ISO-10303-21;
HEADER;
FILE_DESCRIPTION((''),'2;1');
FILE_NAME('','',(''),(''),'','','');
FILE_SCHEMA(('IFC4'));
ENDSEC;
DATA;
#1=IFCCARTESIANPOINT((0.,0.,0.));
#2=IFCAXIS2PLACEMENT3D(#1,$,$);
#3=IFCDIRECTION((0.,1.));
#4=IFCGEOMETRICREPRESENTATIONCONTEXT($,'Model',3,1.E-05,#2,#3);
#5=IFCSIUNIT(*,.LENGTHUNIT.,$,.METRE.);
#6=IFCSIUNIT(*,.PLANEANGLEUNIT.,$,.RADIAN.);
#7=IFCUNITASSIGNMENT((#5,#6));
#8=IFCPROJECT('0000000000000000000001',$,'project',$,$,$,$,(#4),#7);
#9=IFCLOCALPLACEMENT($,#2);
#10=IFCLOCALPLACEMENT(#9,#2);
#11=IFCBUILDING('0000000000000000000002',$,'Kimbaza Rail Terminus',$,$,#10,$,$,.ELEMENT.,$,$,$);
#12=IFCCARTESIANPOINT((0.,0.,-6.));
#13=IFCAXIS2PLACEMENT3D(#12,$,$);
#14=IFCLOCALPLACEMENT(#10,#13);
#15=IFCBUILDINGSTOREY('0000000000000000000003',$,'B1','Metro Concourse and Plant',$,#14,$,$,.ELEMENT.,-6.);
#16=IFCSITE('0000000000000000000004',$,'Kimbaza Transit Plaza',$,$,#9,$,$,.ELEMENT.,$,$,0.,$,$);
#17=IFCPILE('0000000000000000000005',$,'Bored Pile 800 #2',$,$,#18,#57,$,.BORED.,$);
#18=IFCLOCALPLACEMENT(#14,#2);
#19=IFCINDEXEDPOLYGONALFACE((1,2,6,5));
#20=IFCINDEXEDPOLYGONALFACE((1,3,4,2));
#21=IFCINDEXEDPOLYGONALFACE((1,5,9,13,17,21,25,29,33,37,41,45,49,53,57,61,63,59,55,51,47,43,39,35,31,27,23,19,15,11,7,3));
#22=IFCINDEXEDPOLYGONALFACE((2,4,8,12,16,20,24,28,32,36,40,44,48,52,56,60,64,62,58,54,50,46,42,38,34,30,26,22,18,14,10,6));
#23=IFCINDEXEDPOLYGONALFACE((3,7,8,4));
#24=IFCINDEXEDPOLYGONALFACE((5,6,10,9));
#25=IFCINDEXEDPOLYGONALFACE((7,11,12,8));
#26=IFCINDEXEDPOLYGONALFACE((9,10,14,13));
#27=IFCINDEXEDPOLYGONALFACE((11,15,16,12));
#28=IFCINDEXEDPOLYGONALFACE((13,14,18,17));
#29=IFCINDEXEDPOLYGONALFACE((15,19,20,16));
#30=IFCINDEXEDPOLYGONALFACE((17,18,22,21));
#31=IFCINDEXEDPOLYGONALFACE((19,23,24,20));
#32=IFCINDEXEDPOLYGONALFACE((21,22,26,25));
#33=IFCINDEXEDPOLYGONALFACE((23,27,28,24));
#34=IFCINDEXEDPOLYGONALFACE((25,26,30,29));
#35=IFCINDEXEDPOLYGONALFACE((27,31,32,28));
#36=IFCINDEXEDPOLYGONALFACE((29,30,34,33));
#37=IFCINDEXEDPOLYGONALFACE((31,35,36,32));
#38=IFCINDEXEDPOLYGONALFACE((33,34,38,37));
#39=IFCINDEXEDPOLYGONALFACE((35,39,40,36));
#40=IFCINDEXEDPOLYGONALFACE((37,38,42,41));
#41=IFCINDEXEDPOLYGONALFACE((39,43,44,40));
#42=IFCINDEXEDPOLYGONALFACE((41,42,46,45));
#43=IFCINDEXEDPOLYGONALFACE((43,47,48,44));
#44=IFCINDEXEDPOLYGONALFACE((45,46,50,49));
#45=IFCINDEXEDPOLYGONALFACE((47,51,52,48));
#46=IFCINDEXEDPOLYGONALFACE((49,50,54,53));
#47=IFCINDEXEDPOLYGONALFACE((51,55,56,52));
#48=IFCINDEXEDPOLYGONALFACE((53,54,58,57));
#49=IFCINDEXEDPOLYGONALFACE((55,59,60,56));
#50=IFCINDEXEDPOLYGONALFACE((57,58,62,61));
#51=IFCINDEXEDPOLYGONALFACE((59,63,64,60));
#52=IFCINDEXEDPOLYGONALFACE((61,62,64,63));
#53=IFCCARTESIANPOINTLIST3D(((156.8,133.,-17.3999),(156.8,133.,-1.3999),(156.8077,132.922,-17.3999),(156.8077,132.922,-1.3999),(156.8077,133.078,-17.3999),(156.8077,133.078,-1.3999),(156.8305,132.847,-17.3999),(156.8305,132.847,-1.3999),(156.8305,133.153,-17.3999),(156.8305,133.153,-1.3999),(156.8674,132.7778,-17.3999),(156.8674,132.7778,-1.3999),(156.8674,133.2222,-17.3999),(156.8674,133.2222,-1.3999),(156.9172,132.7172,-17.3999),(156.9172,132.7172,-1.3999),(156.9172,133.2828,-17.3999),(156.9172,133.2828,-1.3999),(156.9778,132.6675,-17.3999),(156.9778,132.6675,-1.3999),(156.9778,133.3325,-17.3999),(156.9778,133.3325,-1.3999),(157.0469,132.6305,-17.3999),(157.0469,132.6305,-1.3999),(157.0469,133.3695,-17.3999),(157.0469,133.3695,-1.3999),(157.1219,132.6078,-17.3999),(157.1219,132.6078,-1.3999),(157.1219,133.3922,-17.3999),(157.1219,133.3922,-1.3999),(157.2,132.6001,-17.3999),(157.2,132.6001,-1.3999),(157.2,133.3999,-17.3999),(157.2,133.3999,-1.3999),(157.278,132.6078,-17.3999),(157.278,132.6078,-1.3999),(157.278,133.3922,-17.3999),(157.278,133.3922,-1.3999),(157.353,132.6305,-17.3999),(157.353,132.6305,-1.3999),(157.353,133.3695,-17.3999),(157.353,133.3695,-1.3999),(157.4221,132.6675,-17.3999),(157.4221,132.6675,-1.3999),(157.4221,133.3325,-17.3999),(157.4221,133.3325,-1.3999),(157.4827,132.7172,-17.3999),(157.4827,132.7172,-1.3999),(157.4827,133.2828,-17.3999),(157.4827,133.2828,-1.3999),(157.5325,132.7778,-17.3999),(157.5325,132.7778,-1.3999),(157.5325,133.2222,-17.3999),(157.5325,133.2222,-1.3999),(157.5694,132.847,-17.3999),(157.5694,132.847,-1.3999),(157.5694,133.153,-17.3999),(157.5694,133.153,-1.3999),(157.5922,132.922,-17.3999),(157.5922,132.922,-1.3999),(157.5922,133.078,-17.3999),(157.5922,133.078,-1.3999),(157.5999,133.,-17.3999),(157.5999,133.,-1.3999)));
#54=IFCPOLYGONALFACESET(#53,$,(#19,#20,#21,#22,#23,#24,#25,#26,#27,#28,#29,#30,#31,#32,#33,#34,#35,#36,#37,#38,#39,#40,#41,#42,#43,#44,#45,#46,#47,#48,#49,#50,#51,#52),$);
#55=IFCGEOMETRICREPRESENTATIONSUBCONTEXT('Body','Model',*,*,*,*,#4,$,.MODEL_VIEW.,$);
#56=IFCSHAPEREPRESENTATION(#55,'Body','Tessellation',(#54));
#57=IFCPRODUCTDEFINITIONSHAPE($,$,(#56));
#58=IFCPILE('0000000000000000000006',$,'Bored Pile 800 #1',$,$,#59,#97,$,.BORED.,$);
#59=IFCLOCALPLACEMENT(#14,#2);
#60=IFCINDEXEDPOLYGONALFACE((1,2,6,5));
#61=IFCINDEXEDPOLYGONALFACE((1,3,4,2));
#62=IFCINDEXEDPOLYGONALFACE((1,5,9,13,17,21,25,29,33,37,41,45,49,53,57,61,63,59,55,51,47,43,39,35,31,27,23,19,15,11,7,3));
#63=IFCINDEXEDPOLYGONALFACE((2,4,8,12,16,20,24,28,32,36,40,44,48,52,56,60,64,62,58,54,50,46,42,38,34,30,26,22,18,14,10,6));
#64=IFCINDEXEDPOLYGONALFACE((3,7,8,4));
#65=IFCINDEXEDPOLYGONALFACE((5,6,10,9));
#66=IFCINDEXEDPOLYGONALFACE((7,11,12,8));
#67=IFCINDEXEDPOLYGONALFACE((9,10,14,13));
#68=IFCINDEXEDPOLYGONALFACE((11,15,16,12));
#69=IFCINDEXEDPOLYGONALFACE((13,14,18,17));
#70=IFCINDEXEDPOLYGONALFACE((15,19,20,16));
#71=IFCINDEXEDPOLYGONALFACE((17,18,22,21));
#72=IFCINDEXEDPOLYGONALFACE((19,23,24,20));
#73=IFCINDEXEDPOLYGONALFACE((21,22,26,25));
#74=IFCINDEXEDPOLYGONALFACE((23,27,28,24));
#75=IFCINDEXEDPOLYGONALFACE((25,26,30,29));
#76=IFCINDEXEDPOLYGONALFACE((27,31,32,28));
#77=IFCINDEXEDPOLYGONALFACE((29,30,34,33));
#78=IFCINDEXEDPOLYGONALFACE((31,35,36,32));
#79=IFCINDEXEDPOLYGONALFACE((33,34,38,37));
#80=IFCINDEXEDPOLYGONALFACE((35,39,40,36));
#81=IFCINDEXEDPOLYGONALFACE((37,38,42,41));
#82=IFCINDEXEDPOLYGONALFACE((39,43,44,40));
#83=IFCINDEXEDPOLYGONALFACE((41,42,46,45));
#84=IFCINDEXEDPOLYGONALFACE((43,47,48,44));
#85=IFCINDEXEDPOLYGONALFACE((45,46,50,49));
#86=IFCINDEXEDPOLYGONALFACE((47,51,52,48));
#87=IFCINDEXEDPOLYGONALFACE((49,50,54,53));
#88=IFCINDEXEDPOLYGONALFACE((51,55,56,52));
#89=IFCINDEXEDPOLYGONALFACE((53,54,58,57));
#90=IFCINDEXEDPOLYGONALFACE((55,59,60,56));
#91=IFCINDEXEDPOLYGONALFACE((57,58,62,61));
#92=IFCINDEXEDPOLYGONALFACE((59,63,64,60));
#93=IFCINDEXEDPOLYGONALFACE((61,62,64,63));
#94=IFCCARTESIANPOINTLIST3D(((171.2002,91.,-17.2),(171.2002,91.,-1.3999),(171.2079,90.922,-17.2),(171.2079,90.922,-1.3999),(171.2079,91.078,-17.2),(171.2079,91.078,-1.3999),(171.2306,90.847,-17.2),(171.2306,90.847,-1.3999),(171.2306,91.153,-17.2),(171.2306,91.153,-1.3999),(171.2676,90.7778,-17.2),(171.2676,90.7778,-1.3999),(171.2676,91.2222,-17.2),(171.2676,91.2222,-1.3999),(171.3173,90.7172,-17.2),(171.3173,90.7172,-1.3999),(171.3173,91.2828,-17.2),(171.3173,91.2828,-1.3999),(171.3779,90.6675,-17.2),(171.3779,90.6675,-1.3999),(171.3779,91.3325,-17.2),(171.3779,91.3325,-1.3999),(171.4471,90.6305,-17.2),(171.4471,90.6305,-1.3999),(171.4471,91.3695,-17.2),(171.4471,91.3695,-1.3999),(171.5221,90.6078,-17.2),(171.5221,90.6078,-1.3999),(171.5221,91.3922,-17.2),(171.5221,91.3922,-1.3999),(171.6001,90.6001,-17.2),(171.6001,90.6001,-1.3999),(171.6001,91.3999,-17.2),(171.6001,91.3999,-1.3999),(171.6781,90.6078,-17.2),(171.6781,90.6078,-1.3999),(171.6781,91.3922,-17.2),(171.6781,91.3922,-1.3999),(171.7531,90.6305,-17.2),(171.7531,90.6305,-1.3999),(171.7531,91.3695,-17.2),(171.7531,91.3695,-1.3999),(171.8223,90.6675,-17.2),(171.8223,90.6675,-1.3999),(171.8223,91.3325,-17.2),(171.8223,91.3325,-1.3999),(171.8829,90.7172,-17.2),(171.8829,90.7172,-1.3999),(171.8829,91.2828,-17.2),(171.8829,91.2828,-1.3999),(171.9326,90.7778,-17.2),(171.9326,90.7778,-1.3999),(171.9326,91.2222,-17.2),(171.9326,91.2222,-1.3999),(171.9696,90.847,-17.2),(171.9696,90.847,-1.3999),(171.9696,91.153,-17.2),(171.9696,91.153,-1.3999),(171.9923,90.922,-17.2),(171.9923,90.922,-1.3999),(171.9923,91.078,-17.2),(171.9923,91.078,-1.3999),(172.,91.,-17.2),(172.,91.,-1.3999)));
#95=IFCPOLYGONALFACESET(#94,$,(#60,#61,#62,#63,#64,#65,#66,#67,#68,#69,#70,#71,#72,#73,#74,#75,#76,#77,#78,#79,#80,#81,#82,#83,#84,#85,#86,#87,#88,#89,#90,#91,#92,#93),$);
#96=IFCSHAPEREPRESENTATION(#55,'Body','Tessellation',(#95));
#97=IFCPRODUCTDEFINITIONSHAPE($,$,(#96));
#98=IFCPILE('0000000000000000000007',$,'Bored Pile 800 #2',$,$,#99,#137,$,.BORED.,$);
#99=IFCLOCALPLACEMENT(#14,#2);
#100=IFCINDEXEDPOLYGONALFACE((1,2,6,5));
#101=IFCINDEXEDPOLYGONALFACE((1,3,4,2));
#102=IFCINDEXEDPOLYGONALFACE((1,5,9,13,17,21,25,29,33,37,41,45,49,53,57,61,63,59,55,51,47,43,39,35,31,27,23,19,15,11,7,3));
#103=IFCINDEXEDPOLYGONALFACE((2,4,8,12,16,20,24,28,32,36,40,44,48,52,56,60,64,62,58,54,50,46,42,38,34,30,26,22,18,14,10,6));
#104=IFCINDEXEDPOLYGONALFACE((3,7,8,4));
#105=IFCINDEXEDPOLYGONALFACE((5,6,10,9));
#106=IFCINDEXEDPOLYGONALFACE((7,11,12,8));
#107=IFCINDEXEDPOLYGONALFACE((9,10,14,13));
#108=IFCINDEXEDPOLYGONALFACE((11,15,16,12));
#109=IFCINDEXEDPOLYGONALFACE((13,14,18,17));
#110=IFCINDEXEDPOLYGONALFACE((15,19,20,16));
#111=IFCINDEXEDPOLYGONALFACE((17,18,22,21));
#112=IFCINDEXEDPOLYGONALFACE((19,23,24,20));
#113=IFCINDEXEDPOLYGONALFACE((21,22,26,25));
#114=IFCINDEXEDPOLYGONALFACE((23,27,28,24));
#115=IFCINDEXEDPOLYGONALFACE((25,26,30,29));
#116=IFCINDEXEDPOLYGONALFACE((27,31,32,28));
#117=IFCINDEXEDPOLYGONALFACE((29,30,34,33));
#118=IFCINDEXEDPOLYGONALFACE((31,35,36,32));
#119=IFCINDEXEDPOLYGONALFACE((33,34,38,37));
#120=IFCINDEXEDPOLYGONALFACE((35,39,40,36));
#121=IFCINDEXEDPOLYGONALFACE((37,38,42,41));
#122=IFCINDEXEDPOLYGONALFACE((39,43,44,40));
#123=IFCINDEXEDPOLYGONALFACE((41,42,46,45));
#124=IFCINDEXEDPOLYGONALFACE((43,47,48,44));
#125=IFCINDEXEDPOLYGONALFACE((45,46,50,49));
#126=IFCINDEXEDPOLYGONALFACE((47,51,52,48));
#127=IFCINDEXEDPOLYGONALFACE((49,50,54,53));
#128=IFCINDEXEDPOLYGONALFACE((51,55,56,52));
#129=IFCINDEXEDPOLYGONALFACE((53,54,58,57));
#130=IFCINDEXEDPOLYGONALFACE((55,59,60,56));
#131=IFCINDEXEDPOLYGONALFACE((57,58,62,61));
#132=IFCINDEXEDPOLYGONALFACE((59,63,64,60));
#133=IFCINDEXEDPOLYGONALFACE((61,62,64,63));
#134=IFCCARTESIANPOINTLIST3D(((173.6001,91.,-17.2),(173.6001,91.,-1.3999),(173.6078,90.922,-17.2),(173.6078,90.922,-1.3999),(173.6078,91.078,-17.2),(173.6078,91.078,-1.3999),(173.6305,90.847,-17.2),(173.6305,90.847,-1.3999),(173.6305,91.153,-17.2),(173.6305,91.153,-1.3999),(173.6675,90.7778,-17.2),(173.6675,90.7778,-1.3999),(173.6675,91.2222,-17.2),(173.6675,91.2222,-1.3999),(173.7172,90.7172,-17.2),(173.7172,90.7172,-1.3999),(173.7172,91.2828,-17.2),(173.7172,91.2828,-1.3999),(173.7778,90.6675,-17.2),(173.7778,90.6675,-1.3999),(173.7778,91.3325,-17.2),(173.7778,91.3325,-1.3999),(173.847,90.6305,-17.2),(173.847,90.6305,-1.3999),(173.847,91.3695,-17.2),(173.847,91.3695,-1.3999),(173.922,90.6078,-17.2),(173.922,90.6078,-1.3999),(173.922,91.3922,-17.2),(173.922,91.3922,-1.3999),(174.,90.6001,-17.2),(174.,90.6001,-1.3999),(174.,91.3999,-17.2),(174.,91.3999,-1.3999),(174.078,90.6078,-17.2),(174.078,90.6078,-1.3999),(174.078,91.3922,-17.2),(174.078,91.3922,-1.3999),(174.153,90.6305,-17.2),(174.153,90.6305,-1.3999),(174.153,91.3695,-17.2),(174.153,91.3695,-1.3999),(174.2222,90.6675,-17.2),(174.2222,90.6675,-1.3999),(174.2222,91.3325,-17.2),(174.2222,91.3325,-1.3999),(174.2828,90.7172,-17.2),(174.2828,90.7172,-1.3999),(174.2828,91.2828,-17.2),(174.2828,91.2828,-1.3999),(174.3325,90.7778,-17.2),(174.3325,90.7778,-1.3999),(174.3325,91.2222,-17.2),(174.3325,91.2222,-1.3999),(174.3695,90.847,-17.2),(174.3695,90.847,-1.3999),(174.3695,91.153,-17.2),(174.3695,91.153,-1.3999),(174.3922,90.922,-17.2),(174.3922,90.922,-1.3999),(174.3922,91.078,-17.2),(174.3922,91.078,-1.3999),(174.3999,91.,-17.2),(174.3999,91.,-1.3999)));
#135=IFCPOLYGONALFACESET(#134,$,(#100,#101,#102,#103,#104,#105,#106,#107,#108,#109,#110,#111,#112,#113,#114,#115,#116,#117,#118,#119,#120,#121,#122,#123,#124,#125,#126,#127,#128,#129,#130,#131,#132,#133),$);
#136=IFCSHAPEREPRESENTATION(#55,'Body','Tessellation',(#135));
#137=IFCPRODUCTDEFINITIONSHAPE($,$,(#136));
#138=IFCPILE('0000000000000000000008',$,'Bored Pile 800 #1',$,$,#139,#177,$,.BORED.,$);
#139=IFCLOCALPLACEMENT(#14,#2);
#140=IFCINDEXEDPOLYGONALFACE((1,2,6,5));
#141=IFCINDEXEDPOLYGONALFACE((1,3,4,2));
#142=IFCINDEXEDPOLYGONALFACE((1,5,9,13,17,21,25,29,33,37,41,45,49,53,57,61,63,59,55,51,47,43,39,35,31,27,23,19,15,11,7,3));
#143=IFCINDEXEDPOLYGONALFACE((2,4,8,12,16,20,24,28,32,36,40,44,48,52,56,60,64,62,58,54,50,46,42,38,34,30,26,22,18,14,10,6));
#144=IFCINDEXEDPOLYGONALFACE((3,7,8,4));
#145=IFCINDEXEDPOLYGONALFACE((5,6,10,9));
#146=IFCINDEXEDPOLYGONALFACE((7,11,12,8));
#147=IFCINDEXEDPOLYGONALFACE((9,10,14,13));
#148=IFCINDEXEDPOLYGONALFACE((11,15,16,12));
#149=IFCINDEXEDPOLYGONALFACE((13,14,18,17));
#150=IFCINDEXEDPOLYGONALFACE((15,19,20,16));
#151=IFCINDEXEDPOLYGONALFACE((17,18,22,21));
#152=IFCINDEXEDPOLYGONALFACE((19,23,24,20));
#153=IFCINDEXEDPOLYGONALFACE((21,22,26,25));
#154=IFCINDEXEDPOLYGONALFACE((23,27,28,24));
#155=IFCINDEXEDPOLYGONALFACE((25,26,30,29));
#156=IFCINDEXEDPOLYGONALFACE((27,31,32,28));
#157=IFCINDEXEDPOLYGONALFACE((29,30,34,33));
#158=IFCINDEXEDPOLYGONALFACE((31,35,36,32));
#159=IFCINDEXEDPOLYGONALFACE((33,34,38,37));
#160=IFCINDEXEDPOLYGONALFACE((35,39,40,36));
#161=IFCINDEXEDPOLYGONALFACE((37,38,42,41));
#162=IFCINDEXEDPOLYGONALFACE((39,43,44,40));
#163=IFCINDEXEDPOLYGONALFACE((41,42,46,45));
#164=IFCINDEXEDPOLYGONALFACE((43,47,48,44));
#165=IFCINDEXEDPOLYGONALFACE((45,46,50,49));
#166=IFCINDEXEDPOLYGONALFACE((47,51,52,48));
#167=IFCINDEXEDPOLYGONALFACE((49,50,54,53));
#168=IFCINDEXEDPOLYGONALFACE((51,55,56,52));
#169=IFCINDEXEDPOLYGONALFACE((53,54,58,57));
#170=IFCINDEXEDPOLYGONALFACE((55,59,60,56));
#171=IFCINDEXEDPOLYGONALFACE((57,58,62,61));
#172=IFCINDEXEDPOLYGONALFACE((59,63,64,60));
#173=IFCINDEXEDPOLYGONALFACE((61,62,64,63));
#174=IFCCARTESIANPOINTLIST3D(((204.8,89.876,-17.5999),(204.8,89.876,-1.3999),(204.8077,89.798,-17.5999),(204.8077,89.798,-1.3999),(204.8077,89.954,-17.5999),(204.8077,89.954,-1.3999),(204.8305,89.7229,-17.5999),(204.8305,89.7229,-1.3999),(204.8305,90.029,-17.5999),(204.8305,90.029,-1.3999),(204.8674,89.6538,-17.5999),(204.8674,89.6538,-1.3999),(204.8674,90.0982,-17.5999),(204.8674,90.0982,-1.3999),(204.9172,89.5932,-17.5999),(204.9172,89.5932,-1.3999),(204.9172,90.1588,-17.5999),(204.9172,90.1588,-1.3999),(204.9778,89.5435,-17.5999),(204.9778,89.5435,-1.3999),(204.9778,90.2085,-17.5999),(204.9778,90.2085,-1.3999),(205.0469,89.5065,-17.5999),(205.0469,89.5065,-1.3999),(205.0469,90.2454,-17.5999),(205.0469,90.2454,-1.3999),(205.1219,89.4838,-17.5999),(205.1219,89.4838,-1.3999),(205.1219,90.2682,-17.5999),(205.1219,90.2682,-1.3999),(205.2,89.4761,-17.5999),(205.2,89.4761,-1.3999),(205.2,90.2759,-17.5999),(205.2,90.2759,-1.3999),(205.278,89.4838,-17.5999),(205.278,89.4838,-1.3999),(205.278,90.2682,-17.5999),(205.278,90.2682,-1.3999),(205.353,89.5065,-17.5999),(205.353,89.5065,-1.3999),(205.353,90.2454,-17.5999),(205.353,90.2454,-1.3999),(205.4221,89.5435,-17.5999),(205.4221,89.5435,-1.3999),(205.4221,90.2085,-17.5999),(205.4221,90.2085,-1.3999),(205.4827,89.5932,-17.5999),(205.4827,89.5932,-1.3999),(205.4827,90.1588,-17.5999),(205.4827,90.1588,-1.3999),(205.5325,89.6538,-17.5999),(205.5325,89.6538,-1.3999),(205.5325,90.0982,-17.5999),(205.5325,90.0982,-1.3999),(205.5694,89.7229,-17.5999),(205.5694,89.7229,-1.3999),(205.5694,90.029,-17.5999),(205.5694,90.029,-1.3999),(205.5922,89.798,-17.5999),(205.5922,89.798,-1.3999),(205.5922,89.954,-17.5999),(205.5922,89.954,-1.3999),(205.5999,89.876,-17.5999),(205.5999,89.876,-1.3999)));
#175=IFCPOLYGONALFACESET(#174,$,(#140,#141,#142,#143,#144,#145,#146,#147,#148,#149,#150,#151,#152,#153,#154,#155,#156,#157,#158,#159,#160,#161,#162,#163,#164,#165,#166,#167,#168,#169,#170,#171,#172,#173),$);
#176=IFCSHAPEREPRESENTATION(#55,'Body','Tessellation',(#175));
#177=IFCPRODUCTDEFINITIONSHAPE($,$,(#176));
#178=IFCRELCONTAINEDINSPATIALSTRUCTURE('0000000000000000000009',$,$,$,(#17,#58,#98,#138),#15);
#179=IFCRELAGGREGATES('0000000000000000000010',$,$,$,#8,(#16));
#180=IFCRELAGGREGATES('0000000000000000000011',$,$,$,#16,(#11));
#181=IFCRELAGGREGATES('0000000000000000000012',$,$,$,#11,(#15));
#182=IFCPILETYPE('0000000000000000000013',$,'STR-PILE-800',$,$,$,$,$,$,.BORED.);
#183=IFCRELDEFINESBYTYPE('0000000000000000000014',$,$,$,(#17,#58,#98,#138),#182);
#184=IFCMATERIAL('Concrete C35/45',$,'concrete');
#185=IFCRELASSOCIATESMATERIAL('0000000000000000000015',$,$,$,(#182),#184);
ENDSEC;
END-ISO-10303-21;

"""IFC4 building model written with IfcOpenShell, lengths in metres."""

from ifc_helpers import new_model, si_unit, direction, frame, origin, origin_2d, place, context, subcontext, project, spatial, circle, extrude, material, material_profile, profile_set, type_object, element, save


model = new_model("IFC4")

# Units and contexts
model_context = context("Model", 3, precision=1e-05, world=origin(), true_north=direction((0.0, 1.0)))
body_context = subcontext(model_context, "Body", "Model", "MODEL_VIEW")
ifc_project = project(units=[si_unit("LENGTHUNIT", "METRE"), si_unit("PLANEANGLEUNIT", "RADIAN")], contexts=[model_context])

# Site, building, storey
site_placement = place(None, origin())
site = spatial("IfcSite", under=ifc_project, at=site_placement, Name="Kimbaza Transit Plaza", CompositionType="ELEMENT", RefElevation=0.0)
building_placement = place(site_placement, origin())
building = spatial("IfcBuilding", under=site, at=building_placement, Name="Kimbaza Rail Terminus", CompositionType="ELEMENT")
storey_placement = place(building_placement, frame((0.0, 0.0, -6.0)))
storey = spatial("IfcBuildingStorey", under=building, at=storey_placement, Name="B1", Description="Metro Concourse and Plant", CompositionType="ELEMENT", Elevation=-6.0)

# Piles
ifc_material_1 = material(Name="Concrete C35/45", Category="concrete")
ifc_material_profile_1 = material_profile(ifc_material_1, circle(Radius=0.3999, at=origin_2d()), Name="BORED PILE 800")
ifc_profile_set_1 = profile_set([ifc_material_profile_1], Name="Concrete C35/45")
pile_type_1 = type_object("IfcPileType", Name="STR-PILE-800", PredefinedType="BORED", material=ifc_profile_set_1)
pile_1_placement = place(storey_placement, frame((157.2, 133.0, -1.3999), z_axis=(0.0, 0.0, -1.0), x_axis=(1.0, 0.0, 0.0)))
element("IfcPile", 1, at=pile_1_placement, inside=storey, type_object=pile_type_1, Name="Bored Pile 800 #2", PredefinedType="BORED", context=body_context, shape_type="SweptSolid", body=[
    extrude(circle(Radius=0.3999, at=origin_2d()), origin(), (0.0, 0.0, 1.0), 16.0),
])
for number, where, z_axis, x_axis, name in (
    (2, (171.6001, 91.0, -1.3999), (0.0, 0.0, -1.0), (1.0, 0.0, 0.0), "Bored Pile 800 #1"),
    (3, (174.0, 91.0, -1.3999), (0.0, 0.0, -1.0), (1.0, 0.0, 0.0), "Bored Pile 800 #2"),
):
    element("IfcPile", number, at=place(storey_placement, frame(where, z_axis=z_axis, x_axis=x_axis)), inside=storey, type_object=pile_type_1, Name=name, PredefinedType="BORED", context=body_context, shape_type="SweptSolid", body=[
        extrude(circle(Radius=0.3999, at=origin_2d()), origin(), (0.0, 0.0, 1.0), 15.8),
    ])
for number, where, z_axis, x_axis, name in (
    (4, (205.2, 89.876, -1.3999), (0.0, 0.0, -1.0), (1.0, 0.0, 0.0), "Bored Pile 800 #1"),
):
    element("IfcPile", number, at=place(storey_placement, frame(where, z_axis=z_axis, x_axis=x_axis)), inside=storey, type_object=pile_type_1, Name=name, PredefinedType="BORED", context=body_context, shape_type="SweptSolid", body=[
        extrude(circle(Radius=0.3999, at=origin_2d()), origin(), (0.0, 0.0, 1.0), 16.2),
    ])

save(model, "model.ifc")
